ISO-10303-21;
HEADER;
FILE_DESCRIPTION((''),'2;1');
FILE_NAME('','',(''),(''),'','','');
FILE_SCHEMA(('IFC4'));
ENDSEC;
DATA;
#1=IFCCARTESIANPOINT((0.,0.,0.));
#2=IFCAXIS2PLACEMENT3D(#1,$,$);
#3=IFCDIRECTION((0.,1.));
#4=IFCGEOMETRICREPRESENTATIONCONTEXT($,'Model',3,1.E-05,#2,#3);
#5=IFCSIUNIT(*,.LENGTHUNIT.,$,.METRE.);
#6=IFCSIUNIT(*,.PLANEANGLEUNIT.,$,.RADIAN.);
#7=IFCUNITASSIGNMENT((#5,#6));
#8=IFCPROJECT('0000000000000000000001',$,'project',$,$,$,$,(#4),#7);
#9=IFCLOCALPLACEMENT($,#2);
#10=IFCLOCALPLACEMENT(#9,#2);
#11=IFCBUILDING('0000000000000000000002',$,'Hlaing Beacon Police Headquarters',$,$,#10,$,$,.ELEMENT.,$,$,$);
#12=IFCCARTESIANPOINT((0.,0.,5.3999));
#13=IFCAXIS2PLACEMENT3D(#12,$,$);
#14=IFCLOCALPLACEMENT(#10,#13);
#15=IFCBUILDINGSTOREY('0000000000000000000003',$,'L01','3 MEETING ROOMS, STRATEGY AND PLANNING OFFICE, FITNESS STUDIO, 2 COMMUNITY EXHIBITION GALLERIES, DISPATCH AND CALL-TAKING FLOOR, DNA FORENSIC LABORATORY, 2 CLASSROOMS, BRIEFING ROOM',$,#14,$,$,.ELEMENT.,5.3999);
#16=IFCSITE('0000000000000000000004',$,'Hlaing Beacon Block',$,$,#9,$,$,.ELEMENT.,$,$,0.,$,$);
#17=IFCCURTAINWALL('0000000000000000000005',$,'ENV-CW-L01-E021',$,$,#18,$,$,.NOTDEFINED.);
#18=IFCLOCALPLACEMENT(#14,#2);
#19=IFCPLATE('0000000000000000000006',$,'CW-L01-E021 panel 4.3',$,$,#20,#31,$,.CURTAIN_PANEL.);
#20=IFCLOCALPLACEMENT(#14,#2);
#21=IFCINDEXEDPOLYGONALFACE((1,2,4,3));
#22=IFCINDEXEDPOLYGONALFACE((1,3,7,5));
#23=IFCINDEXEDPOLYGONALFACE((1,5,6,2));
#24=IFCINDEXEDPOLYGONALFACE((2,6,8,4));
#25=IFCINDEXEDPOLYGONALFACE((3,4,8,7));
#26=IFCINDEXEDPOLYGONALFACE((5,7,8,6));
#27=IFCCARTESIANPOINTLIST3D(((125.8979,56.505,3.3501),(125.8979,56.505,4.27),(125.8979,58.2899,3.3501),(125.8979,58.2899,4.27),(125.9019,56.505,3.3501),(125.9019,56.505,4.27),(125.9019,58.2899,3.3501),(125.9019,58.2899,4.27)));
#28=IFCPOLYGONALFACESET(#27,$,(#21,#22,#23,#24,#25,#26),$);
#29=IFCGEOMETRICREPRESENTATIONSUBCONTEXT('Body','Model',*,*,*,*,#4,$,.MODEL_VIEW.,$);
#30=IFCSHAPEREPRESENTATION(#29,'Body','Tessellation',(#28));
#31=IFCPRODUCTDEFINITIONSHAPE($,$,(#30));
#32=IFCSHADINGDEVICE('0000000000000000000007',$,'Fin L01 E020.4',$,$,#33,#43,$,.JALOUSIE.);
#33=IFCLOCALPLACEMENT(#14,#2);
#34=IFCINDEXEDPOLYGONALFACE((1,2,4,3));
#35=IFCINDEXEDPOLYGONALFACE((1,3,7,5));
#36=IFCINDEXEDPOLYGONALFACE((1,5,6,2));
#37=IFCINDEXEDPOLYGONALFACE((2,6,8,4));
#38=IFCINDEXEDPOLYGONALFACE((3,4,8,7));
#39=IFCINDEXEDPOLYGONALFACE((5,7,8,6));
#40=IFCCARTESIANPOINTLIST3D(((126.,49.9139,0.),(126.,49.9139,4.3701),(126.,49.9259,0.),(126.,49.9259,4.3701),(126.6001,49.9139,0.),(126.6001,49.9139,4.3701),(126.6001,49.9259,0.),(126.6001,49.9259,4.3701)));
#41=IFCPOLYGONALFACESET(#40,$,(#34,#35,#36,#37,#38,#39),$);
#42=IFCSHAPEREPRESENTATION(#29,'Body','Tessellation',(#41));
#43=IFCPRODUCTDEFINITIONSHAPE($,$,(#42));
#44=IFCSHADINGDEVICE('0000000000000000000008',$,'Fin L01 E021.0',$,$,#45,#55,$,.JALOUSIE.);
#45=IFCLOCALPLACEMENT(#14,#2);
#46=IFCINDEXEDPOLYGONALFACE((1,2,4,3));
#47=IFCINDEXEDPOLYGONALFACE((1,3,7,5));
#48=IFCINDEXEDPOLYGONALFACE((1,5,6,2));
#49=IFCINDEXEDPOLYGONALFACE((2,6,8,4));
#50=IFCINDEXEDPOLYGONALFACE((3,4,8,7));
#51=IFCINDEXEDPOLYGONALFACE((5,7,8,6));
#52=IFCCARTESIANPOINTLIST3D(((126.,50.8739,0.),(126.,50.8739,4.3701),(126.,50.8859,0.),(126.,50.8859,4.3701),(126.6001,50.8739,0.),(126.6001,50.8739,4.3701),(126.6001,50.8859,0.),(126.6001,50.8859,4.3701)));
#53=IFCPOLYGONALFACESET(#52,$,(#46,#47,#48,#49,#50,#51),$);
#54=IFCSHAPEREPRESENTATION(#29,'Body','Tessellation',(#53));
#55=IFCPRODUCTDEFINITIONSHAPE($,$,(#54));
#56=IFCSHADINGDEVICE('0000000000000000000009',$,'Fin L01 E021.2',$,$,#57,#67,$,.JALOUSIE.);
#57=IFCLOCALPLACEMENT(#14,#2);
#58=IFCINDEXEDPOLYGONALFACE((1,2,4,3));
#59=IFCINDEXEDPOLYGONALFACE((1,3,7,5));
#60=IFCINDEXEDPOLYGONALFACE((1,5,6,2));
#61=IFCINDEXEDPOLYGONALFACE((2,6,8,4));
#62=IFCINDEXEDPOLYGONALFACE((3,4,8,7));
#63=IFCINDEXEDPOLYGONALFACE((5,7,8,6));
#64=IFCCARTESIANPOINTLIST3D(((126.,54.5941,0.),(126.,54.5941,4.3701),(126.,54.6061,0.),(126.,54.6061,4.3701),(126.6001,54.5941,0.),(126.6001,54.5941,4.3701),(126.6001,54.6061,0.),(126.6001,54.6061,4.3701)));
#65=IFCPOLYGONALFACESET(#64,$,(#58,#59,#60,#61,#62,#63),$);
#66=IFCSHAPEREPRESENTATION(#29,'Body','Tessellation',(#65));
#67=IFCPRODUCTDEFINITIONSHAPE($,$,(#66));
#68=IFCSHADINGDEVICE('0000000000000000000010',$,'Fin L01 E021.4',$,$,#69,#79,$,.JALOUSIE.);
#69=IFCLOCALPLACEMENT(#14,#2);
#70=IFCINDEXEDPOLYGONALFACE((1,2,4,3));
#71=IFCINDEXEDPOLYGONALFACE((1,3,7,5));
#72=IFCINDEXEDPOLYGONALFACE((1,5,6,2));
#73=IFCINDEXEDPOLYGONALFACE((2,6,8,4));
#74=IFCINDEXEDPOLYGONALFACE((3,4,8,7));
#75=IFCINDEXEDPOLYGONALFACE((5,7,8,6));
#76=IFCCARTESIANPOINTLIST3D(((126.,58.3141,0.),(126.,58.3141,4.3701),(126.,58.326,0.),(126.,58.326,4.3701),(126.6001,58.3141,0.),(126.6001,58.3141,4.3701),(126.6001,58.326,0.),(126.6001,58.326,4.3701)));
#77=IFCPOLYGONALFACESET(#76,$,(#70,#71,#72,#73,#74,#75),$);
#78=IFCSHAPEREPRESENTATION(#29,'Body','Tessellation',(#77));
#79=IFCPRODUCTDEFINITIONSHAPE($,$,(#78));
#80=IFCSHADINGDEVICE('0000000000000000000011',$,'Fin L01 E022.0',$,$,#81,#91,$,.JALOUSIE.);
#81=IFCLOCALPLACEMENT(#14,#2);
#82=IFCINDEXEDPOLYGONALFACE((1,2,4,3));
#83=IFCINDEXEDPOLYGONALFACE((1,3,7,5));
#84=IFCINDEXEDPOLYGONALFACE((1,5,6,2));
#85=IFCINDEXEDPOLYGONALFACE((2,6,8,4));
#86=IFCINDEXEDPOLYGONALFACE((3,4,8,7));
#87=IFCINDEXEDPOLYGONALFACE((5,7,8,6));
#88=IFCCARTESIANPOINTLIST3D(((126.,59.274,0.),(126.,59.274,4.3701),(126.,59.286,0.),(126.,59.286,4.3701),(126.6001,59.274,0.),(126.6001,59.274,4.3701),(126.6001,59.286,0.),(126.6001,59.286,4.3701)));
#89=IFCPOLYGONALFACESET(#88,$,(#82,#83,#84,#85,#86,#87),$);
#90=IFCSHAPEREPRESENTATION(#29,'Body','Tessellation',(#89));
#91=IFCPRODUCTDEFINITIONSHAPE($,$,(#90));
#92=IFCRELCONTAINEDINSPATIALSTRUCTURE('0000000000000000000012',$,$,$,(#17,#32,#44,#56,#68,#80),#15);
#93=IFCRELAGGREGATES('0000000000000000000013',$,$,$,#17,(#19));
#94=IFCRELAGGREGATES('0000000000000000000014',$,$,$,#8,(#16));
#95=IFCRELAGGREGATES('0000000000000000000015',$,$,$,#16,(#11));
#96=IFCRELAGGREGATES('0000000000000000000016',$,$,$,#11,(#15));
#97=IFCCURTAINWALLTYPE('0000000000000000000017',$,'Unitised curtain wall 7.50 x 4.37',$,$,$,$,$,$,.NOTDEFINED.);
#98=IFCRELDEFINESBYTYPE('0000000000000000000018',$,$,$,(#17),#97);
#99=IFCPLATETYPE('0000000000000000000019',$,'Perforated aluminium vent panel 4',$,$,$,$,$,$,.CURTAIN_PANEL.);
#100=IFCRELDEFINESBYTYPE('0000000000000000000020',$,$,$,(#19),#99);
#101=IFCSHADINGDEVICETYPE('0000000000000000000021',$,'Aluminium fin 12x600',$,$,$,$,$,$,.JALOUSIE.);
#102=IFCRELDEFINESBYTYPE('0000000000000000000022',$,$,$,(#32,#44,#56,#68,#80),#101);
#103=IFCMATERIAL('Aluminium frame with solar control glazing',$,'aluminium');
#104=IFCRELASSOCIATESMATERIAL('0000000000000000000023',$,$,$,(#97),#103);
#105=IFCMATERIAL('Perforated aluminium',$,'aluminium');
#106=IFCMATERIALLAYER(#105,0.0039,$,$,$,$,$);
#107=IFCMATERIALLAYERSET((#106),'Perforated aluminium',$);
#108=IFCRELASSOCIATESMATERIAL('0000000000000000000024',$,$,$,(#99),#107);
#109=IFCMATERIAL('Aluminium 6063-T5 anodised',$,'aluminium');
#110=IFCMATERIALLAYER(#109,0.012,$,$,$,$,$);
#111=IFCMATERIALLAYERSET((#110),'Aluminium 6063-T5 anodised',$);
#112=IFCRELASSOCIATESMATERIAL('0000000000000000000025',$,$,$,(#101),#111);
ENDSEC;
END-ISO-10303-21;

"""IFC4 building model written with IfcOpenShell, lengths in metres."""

from ifc_helpers import new_model, si_unit, direction, frame, origin, origin_2d, place, context, subcontext, project, spatial, rectangle, extrude, material, layer, layer_set, type_object, element, aggregate, save


model = new_model("IFC4")

# Units and contexts
model_context = context("Model", 3, precision=1e-05, world=origin(), true_north=direction((0.0, 1.0)))
body_context = subcontext(model_context, "Body", "Model", "MODEL_VIEW")
ifc_project = project(units=[si_unit("LENGTHUNIT", "METRE"), si_unit("PLANEANGLEUNIT", "RADIAN")], contexts=[model_context])

# Site, building, storey
site_placement = place(None, origin())
site = spatial("IfcSite", under=ifc_project, at=site_placement, Name="Hlaing Beacon Block", CompositionType="ELEMENT", RefElevation=0.0)
building_placement = place(site_placement, origin())
building = spatial("IfcBuilding", under=site, at=building_placement, Name="Hlaing Beacon Police Headquarters", CompositionType="ELEMENT")
storey_placement = place(building_placement, frame((0.0, 0.0, 5.3999)))
storey = spatial("IfcBuildingStorey", under=building, at=storey_placement, Name="L01", Description="3 MEETING ROOMS, STRATEGY AND PLANNING OFFICE, FITNESS STUDIO, 2 COMMUNITY EXHIBITION GALLERIES, DISPATCH AND CALL-TAKING FLOOR, DNA FORENSIC LABORATORY, 2 CLASSROOMS, BRIEFING ROOM", CompositionType="ELEMENT", Elevation=5.3999)

# Curtain wall
ifc_material_1 = material(Name="Aluminium frame with solar control glazing", Category="aluminium")
curtain_wall_type = type_object("IfcCurtainWallType", Name="Unitised curtain wall 7.50 x 4.37", PredefinedType="NOTDEFINED", material=ifc_material_1)
curtain_wall_1_placement = place(storey_placement, origin())
curtain_wall_1 = element("IfcCurtainWall", 1, at=curtain_wall_1_placement, inside=storey, type_object=curtain_wall_type, Name="ENV-CW-L01-E021", PredefinedType="NOTDEFINED")

# Plate
ifc_material_2 = material(Name="Perforated aluminium", Category="aluminium")
ifc_layer_1 = layer(ifc_material_2, 0.0039)
ifc_layer_set_1 = layer_set([ifc_layer_1], Name="Perforated aluminium")
plate_type_1 = type_object("IfcPlateType", Name="Perforated aluminium vent panel 4", PredefinedType="CURTAIN_PANEL", material=ifc_layer_set_1)
plate_1_placement = place(storey_placement, frame((125.8999, 57.3975, 3.3501), z_axis=(0.0, 0.0, 1.0), x_axis=(0.0, 1.0, 0.0)))
plate_1 = element("IfcPlate", 2, at=plate_1_placement, type_object=plate_type_1, Name="CW-L01-E021 panel 4.3", PredefinedType="CURTAIN_PANEL", context=body_context, shape_type="SweptSolid", body=[
    extrude(rectangle(XDim=1.7849, YDim=0.0039, at=origin_2d()), origin(), (0.0, 0.0, 1.0), 0.9199),
])
aggregate(curtain_wall_1, [plate_1])

# Shading devices
ifc_material_3 = material(Name="Aluminium 6063-T5 anodised", Category="aluminium")
ifc_layer_2 = layer(ifc_material_3, 0.012)
ifc_layer_set_2 = layer_set([ifc_layer_2], Name="Aluminium 6063-T5 anodised")
shading_device_type = type_object("IfcShadingDeviceType", Name="Aluminium fin 12x600", PredefinedType="JALOUSIE", material=ifc_layer_set_2)
for number, where, z_axis, x_axis, name in (
    (3, (126.3, 49.9199, 0.0), (0.0, 0.0, 1.0), (0.0, 1.0, 0.0), "Fin L01 E020.4"),
    (4, (126.3, 50.8799, 0.0), (0.0, 0.0, 1.0), (0.0, 1.0, 0.0), "Fin L01 E021.0"),
    (5, (126.3, 54.6001, 0.0), (0.0, 0.0, 1.0), (0.0, 1.0, 0.0), "Fin L01 E021.2"),
    (6, (126.3, 58.3201, 0.0), (0.0, 0.0, 1.0), (0.0, 1.0, 0.0), "Fin L01 E021.4"),
    (7, (126.3, 59.28, 0.0), (0.0, 0.0, 1.0), (0.0, 1.0, 0.0), "Fin L01 E022.0"),
):
    element("IfcShadingDevice", number, at=place(storey_placement, frame(where, z_axis=z_axis, x_axis=x_axis)), inside=storey, type_object=shading_device_type, Name=name, PredefinedType="JALOUSIE", context=body_context, shape_type="SweptSolid", body=[
        extrude(rectangle(XDim=0.012, YDim=0.6001, at=origin_2d()), origin(), (0.0, 0.0, 1.0), 4.3701),
    ])

save(model, "model.ifc")
